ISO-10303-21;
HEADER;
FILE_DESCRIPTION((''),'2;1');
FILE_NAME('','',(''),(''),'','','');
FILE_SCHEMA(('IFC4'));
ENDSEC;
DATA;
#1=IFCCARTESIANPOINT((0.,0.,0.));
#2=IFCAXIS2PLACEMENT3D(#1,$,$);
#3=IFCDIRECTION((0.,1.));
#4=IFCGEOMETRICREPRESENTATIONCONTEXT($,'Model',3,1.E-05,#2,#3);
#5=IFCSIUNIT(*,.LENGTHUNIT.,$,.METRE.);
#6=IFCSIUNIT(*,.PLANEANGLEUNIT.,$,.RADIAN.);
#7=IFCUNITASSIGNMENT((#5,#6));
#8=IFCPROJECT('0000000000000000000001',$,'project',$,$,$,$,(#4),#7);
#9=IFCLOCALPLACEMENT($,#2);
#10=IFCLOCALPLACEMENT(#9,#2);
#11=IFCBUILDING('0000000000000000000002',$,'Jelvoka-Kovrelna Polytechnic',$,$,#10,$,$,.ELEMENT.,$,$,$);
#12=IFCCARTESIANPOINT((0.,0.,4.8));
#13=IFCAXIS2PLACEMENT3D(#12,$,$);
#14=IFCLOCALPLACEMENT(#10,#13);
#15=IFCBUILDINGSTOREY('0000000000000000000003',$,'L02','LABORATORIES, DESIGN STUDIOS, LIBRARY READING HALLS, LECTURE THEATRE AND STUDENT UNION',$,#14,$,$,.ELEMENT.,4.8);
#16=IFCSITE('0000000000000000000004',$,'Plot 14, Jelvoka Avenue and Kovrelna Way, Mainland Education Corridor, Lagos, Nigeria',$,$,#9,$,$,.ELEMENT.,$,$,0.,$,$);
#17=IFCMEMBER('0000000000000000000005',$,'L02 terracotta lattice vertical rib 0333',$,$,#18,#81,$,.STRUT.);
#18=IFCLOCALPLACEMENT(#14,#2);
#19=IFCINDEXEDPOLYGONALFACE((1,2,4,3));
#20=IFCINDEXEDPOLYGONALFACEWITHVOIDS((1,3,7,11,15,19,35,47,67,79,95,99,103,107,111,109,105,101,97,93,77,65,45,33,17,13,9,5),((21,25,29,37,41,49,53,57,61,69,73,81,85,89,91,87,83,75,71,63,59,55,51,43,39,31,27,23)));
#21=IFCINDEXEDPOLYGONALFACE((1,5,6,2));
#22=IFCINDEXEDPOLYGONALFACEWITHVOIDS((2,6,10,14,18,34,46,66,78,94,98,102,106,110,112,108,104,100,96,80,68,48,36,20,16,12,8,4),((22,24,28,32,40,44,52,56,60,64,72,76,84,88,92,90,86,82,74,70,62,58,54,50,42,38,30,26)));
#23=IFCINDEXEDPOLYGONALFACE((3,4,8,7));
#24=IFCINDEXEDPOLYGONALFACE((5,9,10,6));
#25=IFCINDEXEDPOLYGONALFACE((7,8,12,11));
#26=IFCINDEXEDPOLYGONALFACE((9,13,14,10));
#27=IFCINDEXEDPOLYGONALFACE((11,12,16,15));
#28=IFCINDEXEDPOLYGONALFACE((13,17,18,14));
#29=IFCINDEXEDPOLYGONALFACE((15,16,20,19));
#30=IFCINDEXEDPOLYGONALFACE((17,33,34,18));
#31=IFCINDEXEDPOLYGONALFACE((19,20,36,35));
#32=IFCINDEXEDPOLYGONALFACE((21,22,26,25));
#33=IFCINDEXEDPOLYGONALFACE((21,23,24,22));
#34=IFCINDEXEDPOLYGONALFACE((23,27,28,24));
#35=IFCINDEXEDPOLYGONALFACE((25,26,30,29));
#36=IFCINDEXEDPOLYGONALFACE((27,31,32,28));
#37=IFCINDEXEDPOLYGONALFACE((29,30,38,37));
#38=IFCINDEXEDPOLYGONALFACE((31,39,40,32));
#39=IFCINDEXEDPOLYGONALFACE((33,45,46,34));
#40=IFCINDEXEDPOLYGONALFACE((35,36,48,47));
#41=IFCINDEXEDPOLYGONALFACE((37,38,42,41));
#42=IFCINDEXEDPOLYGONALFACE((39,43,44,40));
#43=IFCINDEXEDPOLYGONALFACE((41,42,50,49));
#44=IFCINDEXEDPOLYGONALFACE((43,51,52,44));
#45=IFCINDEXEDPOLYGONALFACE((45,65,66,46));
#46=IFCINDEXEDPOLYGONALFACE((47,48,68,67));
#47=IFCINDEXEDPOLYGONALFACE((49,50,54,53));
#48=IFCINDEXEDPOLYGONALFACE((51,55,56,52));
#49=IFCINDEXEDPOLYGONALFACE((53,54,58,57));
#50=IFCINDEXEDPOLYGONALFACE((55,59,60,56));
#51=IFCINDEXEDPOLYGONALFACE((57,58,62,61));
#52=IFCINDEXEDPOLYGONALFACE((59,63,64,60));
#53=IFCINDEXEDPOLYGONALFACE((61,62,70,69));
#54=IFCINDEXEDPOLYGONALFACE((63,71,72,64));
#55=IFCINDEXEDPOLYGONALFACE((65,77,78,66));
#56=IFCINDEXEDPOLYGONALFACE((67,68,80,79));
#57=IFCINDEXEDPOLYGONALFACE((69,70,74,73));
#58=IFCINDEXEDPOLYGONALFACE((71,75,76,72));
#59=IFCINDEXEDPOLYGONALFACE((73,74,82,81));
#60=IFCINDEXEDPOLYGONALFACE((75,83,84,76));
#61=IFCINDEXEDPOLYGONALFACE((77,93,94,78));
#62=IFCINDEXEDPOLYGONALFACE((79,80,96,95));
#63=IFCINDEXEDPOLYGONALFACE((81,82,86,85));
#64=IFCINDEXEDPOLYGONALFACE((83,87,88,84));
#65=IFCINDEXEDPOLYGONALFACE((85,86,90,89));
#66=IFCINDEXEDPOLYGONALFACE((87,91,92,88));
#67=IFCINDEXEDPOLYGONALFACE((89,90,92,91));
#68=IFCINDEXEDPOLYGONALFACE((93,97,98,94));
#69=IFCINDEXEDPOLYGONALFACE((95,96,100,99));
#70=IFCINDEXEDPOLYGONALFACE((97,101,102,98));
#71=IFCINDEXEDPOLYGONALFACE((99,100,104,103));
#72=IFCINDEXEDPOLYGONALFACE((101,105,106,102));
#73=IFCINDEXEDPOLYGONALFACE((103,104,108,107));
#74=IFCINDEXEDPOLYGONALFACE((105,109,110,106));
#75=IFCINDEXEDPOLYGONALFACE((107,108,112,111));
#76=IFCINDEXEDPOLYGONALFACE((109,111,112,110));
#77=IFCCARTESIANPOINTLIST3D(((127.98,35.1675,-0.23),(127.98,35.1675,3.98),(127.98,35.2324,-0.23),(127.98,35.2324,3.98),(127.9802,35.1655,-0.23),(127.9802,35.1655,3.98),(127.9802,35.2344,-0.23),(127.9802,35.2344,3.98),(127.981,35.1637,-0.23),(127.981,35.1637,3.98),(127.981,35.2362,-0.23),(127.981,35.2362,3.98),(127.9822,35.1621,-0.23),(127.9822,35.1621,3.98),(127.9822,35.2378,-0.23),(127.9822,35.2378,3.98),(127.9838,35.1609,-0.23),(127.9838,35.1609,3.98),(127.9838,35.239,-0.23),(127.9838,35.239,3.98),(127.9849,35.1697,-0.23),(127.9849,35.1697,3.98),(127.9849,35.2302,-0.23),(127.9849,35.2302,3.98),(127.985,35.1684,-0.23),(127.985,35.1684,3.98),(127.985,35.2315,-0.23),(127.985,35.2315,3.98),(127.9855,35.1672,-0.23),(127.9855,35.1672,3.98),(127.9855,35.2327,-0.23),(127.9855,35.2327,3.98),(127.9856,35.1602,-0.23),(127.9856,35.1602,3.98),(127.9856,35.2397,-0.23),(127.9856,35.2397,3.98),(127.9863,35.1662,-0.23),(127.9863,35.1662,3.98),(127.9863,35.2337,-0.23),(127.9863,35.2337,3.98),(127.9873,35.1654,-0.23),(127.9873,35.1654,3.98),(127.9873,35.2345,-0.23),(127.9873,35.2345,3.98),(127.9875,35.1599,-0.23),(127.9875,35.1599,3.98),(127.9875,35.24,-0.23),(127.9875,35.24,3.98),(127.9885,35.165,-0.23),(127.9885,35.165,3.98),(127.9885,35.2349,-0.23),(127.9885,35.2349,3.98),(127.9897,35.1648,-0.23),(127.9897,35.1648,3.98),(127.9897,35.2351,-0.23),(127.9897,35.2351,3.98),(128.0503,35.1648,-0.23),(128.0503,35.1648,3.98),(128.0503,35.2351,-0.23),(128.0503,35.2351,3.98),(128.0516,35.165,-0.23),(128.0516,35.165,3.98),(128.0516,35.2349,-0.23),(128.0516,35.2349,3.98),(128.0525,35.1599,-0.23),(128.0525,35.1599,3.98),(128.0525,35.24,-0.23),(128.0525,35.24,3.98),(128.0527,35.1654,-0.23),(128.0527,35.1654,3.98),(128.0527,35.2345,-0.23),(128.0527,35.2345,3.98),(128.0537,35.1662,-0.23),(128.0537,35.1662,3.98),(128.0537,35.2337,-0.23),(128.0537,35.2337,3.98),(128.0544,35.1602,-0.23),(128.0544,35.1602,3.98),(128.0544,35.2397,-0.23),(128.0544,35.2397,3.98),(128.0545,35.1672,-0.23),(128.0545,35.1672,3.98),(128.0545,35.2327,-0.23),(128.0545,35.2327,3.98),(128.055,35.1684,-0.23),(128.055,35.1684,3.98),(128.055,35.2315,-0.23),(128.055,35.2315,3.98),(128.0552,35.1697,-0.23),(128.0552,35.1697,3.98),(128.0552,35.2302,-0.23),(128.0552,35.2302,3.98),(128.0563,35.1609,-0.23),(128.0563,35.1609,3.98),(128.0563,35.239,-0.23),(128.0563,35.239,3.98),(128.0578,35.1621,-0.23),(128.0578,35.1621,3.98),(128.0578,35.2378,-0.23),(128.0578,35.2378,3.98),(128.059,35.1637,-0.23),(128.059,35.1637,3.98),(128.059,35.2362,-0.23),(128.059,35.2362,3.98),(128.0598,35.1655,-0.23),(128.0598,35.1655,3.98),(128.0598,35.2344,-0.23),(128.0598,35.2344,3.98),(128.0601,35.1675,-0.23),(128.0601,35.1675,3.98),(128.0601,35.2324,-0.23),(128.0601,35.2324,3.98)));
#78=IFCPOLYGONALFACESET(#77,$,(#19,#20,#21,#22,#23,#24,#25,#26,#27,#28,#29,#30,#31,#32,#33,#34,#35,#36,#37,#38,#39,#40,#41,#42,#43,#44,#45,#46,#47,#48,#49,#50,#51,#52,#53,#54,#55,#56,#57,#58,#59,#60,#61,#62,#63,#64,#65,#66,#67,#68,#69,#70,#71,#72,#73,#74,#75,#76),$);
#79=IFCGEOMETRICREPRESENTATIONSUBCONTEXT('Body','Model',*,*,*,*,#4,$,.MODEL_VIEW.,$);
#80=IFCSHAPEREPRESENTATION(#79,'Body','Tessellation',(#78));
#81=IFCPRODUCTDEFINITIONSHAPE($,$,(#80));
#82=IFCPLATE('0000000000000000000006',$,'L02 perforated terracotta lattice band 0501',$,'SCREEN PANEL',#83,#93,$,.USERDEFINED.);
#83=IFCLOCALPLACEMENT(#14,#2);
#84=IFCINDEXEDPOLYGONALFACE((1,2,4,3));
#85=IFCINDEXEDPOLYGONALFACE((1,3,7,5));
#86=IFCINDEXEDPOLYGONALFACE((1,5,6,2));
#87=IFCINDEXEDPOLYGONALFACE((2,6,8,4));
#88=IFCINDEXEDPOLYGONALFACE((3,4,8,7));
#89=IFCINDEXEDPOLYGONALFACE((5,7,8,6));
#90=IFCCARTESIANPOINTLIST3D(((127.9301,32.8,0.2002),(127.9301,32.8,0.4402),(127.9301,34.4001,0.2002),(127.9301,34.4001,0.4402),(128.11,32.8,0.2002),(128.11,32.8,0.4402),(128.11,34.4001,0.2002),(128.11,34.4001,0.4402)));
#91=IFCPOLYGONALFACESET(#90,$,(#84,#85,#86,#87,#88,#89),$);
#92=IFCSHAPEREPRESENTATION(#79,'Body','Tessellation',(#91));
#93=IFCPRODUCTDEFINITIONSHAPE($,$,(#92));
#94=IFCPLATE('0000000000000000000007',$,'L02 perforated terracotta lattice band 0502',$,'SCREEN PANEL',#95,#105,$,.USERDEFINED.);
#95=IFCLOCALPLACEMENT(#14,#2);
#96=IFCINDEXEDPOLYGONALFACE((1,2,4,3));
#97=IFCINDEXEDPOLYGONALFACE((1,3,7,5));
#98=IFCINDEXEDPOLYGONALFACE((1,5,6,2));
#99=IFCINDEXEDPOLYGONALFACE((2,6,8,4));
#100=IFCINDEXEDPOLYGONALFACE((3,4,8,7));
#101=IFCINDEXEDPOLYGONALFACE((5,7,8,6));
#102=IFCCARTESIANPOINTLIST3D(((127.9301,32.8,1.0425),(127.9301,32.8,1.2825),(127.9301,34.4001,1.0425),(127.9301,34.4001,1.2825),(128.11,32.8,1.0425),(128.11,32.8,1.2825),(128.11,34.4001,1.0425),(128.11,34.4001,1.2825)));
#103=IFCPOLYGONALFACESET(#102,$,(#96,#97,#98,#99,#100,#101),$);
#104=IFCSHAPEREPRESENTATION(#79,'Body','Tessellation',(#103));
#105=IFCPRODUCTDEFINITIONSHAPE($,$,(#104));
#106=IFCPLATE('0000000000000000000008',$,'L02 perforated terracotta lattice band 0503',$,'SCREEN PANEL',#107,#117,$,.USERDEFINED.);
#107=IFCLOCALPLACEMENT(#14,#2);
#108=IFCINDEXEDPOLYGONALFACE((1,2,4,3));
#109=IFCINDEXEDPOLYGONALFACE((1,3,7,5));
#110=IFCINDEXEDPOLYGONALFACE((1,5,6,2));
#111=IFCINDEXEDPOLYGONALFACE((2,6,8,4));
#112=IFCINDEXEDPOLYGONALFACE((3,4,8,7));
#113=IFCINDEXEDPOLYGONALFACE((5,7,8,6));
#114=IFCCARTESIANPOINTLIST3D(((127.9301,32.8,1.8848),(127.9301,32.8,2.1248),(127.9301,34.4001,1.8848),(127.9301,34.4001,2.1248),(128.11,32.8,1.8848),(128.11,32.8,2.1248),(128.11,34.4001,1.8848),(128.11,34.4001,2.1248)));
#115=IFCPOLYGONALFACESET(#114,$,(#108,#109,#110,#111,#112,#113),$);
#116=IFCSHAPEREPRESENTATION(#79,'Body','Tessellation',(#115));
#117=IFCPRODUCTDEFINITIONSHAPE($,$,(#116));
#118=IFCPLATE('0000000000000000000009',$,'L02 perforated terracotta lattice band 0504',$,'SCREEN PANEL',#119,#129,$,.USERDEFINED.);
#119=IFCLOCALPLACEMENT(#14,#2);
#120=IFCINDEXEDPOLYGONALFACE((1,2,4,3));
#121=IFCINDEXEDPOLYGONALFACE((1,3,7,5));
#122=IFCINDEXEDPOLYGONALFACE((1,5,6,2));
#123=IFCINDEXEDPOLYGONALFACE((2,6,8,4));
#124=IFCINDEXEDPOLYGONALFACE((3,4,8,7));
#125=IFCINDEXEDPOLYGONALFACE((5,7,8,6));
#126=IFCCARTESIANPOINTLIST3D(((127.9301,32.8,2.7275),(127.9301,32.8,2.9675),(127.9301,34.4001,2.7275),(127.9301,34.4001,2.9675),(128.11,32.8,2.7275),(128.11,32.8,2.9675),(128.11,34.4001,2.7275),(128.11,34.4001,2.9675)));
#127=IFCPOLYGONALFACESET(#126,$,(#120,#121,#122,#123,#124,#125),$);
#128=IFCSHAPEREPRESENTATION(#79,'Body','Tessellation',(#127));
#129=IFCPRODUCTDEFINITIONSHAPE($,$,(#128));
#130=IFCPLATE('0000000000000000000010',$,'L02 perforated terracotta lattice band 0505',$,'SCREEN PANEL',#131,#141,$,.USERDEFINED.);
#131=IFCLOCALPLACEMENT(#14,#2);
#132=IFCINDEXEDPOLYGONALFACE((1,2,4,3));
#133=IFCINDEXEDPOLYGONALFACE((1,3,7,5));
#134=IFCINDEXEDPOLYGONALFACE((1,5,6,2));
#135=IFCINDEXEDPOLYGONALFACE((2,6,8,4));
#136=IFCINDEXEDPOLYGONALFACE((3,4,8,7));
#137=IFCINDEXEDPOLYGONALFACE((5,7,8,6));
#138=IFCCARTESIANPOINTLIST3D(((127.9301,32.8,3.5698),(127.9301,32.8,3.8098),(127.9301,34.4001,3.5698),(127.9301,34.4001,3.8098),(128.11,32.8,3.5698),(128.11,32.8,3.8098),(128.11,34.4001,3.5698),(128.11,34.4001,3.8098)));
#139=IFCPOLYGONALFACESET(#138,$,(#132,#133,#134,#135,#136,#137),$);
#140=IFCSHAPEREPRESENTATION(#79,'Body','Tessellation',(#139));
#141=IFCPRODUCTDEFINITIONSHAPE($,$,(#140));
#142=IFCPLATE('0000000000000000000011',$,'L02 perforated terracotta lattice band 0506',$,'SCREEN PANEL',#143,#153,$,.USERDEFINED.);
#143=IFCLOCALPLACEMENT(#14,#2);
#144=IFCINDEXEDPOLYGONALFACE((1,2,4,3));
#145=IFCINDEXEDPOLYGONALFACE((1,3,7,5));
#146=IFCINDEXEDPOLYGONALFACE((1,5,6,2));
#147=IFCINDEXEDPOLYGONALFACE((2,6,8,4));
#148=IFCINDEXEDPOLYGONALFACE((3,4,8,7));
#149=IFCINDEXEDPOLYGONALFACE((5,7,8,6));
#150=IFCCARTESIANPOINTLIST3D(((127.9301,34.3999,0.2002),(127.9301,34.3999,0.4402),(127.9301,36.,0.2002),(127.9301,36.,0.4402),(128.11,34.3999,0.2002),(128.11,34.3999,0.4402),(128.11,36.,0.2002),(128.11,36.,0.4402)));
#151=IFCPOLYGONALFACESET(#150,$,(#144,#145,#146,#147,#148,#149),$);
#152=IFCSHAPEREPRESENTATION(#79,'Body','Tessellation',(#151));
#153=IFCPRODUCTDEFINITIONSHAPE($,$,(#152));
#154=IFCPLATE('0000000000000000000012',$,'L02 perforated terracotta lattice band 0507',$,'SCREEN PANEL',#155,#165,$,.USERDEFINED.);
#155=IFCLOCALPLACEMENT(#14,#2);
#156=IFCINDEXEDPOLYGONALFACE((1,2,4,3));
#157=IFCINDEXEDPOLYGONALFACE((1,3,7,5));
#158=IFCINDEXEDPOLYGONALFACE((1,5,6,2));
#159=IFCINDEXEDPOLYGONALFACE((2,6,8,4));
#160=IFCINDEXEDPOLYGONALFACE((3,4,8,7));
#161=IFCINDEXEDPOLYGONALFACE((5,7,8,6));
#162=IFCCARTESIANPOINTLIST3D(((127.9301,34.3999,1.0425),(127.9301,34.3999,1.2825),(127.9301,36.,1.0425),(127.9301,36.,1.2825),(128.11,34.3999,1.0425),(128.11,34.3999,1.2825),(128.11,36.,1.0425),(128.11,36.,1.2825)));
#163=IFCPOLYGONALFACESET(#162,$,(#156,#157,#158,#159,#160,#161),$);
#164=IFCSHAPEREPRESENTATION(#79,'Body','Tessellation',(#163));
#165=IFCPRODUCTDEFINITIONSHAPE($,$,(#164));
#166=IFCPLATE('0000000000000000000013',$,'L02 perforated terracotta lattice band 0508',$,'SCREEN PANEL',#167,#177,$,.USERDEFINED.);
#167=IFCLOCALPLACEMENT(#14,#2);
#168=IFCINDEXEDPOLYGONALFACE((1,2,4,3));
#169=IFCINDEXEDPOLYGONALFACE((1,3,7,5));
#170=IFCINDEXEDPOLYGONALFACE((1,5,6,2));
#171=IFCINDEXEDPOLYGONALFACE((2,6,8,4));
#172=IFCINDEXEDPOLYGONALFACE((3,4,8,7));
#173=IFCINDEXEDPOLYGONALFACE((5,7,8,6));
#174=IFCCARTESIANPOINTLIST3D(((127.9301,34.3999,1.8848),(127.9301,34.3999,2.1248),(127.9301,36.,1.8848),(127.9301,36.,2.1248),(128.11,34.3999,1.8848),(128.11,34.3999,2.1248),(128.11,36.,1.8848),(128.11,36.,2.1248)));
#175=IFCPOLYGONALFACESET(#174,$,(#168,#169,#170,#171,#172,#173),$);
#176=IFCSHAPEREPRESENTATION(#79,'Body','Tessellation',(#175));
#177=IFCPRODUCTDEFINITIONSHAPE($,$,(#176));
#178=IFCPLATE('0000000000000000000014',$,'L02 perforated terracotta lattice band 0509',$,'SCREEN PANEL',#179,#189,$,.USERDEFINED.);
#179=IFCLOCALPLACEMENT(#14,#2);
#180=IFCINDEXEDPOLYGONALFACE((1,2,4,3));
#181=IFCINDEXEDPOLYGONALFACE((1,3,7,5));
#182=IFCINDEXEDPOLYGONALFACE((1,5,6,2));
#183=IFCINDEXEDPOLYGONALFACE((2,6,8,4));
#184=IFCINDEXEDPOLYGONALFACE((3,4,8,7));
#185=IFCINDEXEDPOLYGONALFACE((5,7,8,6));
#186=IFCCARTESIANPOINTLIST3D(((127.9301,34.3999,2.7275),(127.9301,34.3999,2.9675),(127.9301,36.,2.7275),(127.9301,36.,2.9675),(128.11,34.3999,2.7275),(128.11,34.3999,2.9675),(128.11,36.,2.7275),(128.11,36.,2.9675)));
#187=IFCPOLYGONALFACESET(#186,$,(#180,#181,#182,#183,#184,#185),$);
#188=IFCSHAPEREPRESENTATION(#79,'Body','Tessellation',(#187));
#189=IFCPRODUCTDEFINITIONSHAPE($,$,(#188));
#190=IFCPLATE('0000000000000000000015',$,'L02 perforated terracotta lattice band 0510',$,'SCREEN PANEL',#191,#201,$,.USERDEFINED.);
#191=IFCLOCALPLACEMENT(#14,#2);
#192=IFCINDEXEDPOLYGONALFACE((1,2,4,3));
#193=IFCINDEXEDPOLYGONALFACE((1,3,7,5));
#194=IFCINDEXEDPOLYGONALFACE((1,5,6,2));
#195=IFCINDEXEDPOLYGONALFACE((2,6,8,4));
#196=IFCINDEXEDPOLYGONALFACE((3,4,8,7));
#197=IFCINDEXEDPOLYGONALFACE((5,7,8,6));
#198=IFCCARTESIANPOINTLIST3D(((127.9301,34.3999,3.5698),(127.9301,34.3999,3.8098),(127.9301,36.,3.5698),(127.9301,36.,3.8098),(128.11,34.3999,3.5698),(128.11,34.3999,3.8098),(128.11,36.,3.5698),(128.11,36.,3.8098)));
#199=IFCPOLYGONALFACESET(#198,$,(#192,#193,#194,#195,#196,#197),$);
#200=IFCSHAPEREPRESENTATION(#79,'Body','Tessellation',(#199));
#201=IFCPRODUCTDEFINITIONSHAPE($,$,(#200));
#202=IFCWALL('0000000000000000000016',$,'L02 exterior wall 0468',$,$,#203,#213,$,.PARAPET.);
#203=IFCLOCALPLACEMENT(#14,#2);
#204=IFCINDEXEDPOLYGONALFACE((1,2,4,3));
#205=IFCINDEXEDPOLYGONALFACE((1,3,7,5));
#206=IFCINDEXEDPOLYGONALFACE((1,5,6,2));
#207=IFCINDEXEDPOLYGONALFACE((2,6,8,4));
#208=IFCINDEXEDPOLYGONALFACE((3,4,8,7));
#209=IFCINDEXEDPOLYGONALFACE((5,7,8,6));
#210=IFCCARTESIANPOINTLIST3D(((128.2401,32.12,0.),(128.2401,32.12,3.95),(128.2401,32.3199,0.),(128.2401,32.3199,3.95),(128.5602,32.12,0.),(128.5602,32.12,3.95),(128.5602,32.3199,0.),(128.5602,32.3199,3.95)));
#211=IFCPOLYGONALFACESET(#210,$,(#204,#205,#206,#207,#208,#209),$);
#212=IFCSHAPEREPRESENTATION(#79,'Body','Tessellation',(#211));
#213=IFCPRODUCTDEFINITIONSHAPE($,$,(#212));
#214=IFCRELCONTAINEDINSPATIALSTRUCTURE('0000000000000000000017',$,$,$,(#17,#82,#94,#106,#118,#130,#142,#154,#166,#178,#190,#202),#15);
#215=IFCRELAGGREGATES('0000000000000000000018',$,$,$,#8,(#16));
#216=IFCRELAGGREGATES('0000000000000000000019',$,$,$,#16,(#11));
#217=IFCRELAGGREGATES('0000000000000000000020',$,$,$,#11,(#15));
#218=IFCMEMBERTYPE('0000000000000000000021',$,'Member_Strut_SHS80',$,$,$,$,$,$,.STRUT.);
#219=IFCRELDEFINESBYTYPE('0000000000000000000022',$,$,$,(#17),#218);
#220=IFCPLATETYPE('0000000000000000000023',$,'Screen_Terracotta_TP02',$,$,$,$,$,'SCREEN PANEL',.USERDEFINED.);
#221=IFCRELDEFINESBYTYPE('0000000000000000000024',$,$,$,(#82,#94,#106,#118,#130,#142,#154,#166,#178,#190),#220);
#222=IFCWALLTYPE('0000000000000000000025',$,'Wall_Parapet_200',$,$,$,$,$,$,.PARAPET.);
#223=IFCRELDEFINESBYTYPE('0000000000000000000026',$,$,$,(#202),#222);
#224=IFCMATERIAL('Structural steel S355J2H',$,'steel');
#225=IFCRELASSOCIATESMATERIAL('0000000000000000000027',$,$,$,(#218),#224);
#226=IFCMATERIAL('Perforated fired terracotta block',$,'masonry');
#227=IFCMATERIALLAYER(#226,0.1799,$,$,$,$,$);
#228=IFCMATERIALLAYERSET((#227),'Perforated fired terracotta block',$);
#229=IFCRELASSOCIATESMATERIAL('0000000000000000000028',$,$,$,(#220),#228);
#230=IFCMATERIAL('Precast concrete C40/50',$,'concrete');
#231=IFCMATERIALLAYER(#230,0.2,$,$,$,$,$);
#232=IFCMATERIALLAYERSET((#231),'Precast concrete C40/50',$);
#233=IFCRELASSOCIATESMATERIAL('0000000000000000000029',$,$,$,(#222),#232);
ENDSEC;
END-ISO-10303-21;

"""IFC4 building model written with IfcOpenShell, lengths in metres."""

from ifc_helpers import new_model, si_unit, direction, frame, frame_2d, origin, origin_2d, place, context, subcontext, project, spatial, rectangle, hollow_rectangle, extrude, material, layer, layer_set, material_profile, profile_set, type_object, element, save


model = new_model("IFC4")

# Units and contexts
model_context = context("Model", 3, precision=1e-05, world=origin(), true_north=direction((0.0, 1.0)))
body_context = subcontext(model_context, "Body", "Model", "MODEL_VIEW")
ifc_project = project(units=[si_unit("LENGTHUNIT", "METRE"), si_unit("PLANEANGLEUNIT", "RADIAN")], contexts=[model_context])

# Site, building, storey
site_placement = place(None, origin())
site = spatial("IfcSite", under=ifc_project, at=site_placement, Name="Plot 14, Jelvoka Avenue and Kovrelna Way, Mainland Education Corridor, Lagos, Nigeria", CompositionType="ELEMENT", RefElevation=0.0)
building_placement = place(site_placement, origin())
building = spatial("IfcBuilding", under=site, at=building_placement, Name="Jelvoka-Kovrelna Polytechnic", CompositionType="ELEMENT")
storey_placement = place(building_placement, frame((0.0, 0.0, 4.8)))
storey = spatial("IfcBuildingStorey", under=building, at=storey_placement, Name="L02", Description="LABORATORIES, DESIGN STUDIOS, LIBRARY READING HALLS, LECTURE THEATRE AND STUDENT UNION", CompositionType="ELEMENT", Elevation=4.8)

# Member
ifc_material_1 = material(Name="Structural steel S355J2H", Category="steel")
ifc_material_profile_1 = material_profile(ifc_material_1, hollow_rectangle(XDim=0.0801, YDim=0.0801, WallThickness=0.0049, InnerFilletRadius=0.0049, OuterFilletRadius=0.0076, at=origin_2d()), Name="80x80x5.0 SHS")
ifc_profile_set_1 = profile_set([ifc_material_profile_1], Name="Structural steel S355J2H")
member_type_1 = type_object("IfcMemberType", Name="Member_Strut_SHS80", PredefinedType="STRUT", material=ifc_profile_set_1)
for number, where, z_axis, x_axis, name in (
    (1, (128.02, 35.2, -0.23), (0.0, 0.0, 1.0), (1.0, 0.0, 0.0), "L02 terracotta lattice vertical rib 0333"),
):
    element("IfcMember", number, at=place(storey_placement, frame(where, z_axis=z_axis, x_axis=x_axis)), inside=storey, type_object=member_type_1, Name=name, PredefinedType="STRUT", context=body_context, shape_type="SweptSolid", body=[
        extrude(hollow_rectangle(XDim=0.0801, YDim=0.0801, WallThickness=0.0049, InnerFilletRadius=0.0049, OuterFilletRadius=0.0076, at=origin_2d()), origin(), (0.0, 0.0, 1.0), 4.21),
    ])

# Plates
ifc_material_2 = material(Name="Perforated fired terracotta block", Category="masonry")
ifc_layer_1 = layer(ifc_material_2, 0.1799)
ifc_layer_set_1 = layer_set([ifc_layer_1], Name="Perforated fired terracotta block")
plate_type = type_object("IfcPlateType", Name="Screen_Terracotta_TP02", ElementType="SCREEN PANEL", PredefinedType="USERDEFINED", material=ifc_layer_set_1)
for number, where, z_axis, x_axis, name in (
    (2, (128.02, 33.6001, 0.2002), (0.0, 0.0, 1.0), (0.0, 1.0, 0.0), "L02 perforated terracotta lattice band 0501"),
    (3, (128.02, 33.6001, 1.0425), (0.0, 0.0, 1.0), (0.0, 1.0, 0.0), "L02 perforated terracotta lattice band 0502"),
    (4, (128.02, 33.6001, 1.8848), (0.0, 0.0, 1.0), (0.0, 1.0, 0.0), "L02 perforated terracotta lattice band 0503"),
    (5, (128.02, 33.6001, 2.7275), (0.0, 0.0, 1.0), (0.0, 1.0, 0.0), "L02 perforated terracotta lattice band 0504"),
    (6, (128.02, 33.6001, 3.5698), (0.0, 0.0, 1.0), (0.0, 1.0, 0.0), "L02 perforated terracotta lattice band 0505"),
    (7, (128.02, 35.2, 0.2002), (0.0, 0.0, 1.0), (0.0, 1.0, 0.0), "L02 perforated terracotta lattice band 0506"),
    (8, (128.02, 35.2, 1.0425), (0.0, 0.0, 1.0), (0.0, 1.0, 0.0), "L02 perforated terracotta lattice band 0507"),
    (9, (128.02, 35.2, 1.8848), (0.0, 0.0, 1.0), (0.0, 1.0, 0.0), "L02 perforated terracotta lattice band 0508"),
    (10, (128.02, 35.2, 2.7275), (0.0, 0.0, 1.0), (0.0, 1.0, 0.0), "L02 perforated terracotta lattice band 0509"),
    (11, (128.02, 35.2, 3.5698), (0.0, 0.0, 1.0), (0.0, 1.0, 0.0), "L02 perforated terracotta lattice band 0510"),
):
    element("IfcPlate", number, at=place(storey_placement, frame(where, z_axis=z_axis, x_axis=x_axis)), inside=storey, type_object=plate_type, Name=name, ObjectType="SCREEN PANEL", PredefinedType="USERDEFINED", context=body_context, shape_type="SweptSolid", body=[
        extrude(rectangle(XDim=1.6001, YDim=0.1799, at=origin_2d()), origin(), (0.0, 0.0, 1.0), 0.24),
    ])

# Wall
ifc_material_3 = material(Name="Precast concrete C40/50", Category="concrete")
ifc_layer_2 = layer(ifc_material_3, 0.2)
ifc_layer_set_2 = layer_set([ifc_layer_2], Name="Precast concrete C40/50")
wall_type = type_object("IfcWallType", Name="Wall_Parapet_200", PredefinedType="PARAPET", material=ifc_layer_set_2)
wall_placement = place(storey_placement, frame((128.24, 32.22, 0.0), z_axis=(0.0, 0.0, 1.0), x_axis=(1.0, 0.0, 0.0)))
element("IfcWall", 12, at=wall_placement, inside=storey, type_object=wall_type, Name="L02 exterior wall 0468", PredefinedType="PARAPET", context=body_context, shape_type="SweptSolid", body=[
    extrude(rectangle(XDim=0.3201, YDim=0.2, at=frame_2d((0.1602, 0.0))), origin(), (0.0, 0.0, 1.0), 3.95),
])

save(model, "model.ifc")
